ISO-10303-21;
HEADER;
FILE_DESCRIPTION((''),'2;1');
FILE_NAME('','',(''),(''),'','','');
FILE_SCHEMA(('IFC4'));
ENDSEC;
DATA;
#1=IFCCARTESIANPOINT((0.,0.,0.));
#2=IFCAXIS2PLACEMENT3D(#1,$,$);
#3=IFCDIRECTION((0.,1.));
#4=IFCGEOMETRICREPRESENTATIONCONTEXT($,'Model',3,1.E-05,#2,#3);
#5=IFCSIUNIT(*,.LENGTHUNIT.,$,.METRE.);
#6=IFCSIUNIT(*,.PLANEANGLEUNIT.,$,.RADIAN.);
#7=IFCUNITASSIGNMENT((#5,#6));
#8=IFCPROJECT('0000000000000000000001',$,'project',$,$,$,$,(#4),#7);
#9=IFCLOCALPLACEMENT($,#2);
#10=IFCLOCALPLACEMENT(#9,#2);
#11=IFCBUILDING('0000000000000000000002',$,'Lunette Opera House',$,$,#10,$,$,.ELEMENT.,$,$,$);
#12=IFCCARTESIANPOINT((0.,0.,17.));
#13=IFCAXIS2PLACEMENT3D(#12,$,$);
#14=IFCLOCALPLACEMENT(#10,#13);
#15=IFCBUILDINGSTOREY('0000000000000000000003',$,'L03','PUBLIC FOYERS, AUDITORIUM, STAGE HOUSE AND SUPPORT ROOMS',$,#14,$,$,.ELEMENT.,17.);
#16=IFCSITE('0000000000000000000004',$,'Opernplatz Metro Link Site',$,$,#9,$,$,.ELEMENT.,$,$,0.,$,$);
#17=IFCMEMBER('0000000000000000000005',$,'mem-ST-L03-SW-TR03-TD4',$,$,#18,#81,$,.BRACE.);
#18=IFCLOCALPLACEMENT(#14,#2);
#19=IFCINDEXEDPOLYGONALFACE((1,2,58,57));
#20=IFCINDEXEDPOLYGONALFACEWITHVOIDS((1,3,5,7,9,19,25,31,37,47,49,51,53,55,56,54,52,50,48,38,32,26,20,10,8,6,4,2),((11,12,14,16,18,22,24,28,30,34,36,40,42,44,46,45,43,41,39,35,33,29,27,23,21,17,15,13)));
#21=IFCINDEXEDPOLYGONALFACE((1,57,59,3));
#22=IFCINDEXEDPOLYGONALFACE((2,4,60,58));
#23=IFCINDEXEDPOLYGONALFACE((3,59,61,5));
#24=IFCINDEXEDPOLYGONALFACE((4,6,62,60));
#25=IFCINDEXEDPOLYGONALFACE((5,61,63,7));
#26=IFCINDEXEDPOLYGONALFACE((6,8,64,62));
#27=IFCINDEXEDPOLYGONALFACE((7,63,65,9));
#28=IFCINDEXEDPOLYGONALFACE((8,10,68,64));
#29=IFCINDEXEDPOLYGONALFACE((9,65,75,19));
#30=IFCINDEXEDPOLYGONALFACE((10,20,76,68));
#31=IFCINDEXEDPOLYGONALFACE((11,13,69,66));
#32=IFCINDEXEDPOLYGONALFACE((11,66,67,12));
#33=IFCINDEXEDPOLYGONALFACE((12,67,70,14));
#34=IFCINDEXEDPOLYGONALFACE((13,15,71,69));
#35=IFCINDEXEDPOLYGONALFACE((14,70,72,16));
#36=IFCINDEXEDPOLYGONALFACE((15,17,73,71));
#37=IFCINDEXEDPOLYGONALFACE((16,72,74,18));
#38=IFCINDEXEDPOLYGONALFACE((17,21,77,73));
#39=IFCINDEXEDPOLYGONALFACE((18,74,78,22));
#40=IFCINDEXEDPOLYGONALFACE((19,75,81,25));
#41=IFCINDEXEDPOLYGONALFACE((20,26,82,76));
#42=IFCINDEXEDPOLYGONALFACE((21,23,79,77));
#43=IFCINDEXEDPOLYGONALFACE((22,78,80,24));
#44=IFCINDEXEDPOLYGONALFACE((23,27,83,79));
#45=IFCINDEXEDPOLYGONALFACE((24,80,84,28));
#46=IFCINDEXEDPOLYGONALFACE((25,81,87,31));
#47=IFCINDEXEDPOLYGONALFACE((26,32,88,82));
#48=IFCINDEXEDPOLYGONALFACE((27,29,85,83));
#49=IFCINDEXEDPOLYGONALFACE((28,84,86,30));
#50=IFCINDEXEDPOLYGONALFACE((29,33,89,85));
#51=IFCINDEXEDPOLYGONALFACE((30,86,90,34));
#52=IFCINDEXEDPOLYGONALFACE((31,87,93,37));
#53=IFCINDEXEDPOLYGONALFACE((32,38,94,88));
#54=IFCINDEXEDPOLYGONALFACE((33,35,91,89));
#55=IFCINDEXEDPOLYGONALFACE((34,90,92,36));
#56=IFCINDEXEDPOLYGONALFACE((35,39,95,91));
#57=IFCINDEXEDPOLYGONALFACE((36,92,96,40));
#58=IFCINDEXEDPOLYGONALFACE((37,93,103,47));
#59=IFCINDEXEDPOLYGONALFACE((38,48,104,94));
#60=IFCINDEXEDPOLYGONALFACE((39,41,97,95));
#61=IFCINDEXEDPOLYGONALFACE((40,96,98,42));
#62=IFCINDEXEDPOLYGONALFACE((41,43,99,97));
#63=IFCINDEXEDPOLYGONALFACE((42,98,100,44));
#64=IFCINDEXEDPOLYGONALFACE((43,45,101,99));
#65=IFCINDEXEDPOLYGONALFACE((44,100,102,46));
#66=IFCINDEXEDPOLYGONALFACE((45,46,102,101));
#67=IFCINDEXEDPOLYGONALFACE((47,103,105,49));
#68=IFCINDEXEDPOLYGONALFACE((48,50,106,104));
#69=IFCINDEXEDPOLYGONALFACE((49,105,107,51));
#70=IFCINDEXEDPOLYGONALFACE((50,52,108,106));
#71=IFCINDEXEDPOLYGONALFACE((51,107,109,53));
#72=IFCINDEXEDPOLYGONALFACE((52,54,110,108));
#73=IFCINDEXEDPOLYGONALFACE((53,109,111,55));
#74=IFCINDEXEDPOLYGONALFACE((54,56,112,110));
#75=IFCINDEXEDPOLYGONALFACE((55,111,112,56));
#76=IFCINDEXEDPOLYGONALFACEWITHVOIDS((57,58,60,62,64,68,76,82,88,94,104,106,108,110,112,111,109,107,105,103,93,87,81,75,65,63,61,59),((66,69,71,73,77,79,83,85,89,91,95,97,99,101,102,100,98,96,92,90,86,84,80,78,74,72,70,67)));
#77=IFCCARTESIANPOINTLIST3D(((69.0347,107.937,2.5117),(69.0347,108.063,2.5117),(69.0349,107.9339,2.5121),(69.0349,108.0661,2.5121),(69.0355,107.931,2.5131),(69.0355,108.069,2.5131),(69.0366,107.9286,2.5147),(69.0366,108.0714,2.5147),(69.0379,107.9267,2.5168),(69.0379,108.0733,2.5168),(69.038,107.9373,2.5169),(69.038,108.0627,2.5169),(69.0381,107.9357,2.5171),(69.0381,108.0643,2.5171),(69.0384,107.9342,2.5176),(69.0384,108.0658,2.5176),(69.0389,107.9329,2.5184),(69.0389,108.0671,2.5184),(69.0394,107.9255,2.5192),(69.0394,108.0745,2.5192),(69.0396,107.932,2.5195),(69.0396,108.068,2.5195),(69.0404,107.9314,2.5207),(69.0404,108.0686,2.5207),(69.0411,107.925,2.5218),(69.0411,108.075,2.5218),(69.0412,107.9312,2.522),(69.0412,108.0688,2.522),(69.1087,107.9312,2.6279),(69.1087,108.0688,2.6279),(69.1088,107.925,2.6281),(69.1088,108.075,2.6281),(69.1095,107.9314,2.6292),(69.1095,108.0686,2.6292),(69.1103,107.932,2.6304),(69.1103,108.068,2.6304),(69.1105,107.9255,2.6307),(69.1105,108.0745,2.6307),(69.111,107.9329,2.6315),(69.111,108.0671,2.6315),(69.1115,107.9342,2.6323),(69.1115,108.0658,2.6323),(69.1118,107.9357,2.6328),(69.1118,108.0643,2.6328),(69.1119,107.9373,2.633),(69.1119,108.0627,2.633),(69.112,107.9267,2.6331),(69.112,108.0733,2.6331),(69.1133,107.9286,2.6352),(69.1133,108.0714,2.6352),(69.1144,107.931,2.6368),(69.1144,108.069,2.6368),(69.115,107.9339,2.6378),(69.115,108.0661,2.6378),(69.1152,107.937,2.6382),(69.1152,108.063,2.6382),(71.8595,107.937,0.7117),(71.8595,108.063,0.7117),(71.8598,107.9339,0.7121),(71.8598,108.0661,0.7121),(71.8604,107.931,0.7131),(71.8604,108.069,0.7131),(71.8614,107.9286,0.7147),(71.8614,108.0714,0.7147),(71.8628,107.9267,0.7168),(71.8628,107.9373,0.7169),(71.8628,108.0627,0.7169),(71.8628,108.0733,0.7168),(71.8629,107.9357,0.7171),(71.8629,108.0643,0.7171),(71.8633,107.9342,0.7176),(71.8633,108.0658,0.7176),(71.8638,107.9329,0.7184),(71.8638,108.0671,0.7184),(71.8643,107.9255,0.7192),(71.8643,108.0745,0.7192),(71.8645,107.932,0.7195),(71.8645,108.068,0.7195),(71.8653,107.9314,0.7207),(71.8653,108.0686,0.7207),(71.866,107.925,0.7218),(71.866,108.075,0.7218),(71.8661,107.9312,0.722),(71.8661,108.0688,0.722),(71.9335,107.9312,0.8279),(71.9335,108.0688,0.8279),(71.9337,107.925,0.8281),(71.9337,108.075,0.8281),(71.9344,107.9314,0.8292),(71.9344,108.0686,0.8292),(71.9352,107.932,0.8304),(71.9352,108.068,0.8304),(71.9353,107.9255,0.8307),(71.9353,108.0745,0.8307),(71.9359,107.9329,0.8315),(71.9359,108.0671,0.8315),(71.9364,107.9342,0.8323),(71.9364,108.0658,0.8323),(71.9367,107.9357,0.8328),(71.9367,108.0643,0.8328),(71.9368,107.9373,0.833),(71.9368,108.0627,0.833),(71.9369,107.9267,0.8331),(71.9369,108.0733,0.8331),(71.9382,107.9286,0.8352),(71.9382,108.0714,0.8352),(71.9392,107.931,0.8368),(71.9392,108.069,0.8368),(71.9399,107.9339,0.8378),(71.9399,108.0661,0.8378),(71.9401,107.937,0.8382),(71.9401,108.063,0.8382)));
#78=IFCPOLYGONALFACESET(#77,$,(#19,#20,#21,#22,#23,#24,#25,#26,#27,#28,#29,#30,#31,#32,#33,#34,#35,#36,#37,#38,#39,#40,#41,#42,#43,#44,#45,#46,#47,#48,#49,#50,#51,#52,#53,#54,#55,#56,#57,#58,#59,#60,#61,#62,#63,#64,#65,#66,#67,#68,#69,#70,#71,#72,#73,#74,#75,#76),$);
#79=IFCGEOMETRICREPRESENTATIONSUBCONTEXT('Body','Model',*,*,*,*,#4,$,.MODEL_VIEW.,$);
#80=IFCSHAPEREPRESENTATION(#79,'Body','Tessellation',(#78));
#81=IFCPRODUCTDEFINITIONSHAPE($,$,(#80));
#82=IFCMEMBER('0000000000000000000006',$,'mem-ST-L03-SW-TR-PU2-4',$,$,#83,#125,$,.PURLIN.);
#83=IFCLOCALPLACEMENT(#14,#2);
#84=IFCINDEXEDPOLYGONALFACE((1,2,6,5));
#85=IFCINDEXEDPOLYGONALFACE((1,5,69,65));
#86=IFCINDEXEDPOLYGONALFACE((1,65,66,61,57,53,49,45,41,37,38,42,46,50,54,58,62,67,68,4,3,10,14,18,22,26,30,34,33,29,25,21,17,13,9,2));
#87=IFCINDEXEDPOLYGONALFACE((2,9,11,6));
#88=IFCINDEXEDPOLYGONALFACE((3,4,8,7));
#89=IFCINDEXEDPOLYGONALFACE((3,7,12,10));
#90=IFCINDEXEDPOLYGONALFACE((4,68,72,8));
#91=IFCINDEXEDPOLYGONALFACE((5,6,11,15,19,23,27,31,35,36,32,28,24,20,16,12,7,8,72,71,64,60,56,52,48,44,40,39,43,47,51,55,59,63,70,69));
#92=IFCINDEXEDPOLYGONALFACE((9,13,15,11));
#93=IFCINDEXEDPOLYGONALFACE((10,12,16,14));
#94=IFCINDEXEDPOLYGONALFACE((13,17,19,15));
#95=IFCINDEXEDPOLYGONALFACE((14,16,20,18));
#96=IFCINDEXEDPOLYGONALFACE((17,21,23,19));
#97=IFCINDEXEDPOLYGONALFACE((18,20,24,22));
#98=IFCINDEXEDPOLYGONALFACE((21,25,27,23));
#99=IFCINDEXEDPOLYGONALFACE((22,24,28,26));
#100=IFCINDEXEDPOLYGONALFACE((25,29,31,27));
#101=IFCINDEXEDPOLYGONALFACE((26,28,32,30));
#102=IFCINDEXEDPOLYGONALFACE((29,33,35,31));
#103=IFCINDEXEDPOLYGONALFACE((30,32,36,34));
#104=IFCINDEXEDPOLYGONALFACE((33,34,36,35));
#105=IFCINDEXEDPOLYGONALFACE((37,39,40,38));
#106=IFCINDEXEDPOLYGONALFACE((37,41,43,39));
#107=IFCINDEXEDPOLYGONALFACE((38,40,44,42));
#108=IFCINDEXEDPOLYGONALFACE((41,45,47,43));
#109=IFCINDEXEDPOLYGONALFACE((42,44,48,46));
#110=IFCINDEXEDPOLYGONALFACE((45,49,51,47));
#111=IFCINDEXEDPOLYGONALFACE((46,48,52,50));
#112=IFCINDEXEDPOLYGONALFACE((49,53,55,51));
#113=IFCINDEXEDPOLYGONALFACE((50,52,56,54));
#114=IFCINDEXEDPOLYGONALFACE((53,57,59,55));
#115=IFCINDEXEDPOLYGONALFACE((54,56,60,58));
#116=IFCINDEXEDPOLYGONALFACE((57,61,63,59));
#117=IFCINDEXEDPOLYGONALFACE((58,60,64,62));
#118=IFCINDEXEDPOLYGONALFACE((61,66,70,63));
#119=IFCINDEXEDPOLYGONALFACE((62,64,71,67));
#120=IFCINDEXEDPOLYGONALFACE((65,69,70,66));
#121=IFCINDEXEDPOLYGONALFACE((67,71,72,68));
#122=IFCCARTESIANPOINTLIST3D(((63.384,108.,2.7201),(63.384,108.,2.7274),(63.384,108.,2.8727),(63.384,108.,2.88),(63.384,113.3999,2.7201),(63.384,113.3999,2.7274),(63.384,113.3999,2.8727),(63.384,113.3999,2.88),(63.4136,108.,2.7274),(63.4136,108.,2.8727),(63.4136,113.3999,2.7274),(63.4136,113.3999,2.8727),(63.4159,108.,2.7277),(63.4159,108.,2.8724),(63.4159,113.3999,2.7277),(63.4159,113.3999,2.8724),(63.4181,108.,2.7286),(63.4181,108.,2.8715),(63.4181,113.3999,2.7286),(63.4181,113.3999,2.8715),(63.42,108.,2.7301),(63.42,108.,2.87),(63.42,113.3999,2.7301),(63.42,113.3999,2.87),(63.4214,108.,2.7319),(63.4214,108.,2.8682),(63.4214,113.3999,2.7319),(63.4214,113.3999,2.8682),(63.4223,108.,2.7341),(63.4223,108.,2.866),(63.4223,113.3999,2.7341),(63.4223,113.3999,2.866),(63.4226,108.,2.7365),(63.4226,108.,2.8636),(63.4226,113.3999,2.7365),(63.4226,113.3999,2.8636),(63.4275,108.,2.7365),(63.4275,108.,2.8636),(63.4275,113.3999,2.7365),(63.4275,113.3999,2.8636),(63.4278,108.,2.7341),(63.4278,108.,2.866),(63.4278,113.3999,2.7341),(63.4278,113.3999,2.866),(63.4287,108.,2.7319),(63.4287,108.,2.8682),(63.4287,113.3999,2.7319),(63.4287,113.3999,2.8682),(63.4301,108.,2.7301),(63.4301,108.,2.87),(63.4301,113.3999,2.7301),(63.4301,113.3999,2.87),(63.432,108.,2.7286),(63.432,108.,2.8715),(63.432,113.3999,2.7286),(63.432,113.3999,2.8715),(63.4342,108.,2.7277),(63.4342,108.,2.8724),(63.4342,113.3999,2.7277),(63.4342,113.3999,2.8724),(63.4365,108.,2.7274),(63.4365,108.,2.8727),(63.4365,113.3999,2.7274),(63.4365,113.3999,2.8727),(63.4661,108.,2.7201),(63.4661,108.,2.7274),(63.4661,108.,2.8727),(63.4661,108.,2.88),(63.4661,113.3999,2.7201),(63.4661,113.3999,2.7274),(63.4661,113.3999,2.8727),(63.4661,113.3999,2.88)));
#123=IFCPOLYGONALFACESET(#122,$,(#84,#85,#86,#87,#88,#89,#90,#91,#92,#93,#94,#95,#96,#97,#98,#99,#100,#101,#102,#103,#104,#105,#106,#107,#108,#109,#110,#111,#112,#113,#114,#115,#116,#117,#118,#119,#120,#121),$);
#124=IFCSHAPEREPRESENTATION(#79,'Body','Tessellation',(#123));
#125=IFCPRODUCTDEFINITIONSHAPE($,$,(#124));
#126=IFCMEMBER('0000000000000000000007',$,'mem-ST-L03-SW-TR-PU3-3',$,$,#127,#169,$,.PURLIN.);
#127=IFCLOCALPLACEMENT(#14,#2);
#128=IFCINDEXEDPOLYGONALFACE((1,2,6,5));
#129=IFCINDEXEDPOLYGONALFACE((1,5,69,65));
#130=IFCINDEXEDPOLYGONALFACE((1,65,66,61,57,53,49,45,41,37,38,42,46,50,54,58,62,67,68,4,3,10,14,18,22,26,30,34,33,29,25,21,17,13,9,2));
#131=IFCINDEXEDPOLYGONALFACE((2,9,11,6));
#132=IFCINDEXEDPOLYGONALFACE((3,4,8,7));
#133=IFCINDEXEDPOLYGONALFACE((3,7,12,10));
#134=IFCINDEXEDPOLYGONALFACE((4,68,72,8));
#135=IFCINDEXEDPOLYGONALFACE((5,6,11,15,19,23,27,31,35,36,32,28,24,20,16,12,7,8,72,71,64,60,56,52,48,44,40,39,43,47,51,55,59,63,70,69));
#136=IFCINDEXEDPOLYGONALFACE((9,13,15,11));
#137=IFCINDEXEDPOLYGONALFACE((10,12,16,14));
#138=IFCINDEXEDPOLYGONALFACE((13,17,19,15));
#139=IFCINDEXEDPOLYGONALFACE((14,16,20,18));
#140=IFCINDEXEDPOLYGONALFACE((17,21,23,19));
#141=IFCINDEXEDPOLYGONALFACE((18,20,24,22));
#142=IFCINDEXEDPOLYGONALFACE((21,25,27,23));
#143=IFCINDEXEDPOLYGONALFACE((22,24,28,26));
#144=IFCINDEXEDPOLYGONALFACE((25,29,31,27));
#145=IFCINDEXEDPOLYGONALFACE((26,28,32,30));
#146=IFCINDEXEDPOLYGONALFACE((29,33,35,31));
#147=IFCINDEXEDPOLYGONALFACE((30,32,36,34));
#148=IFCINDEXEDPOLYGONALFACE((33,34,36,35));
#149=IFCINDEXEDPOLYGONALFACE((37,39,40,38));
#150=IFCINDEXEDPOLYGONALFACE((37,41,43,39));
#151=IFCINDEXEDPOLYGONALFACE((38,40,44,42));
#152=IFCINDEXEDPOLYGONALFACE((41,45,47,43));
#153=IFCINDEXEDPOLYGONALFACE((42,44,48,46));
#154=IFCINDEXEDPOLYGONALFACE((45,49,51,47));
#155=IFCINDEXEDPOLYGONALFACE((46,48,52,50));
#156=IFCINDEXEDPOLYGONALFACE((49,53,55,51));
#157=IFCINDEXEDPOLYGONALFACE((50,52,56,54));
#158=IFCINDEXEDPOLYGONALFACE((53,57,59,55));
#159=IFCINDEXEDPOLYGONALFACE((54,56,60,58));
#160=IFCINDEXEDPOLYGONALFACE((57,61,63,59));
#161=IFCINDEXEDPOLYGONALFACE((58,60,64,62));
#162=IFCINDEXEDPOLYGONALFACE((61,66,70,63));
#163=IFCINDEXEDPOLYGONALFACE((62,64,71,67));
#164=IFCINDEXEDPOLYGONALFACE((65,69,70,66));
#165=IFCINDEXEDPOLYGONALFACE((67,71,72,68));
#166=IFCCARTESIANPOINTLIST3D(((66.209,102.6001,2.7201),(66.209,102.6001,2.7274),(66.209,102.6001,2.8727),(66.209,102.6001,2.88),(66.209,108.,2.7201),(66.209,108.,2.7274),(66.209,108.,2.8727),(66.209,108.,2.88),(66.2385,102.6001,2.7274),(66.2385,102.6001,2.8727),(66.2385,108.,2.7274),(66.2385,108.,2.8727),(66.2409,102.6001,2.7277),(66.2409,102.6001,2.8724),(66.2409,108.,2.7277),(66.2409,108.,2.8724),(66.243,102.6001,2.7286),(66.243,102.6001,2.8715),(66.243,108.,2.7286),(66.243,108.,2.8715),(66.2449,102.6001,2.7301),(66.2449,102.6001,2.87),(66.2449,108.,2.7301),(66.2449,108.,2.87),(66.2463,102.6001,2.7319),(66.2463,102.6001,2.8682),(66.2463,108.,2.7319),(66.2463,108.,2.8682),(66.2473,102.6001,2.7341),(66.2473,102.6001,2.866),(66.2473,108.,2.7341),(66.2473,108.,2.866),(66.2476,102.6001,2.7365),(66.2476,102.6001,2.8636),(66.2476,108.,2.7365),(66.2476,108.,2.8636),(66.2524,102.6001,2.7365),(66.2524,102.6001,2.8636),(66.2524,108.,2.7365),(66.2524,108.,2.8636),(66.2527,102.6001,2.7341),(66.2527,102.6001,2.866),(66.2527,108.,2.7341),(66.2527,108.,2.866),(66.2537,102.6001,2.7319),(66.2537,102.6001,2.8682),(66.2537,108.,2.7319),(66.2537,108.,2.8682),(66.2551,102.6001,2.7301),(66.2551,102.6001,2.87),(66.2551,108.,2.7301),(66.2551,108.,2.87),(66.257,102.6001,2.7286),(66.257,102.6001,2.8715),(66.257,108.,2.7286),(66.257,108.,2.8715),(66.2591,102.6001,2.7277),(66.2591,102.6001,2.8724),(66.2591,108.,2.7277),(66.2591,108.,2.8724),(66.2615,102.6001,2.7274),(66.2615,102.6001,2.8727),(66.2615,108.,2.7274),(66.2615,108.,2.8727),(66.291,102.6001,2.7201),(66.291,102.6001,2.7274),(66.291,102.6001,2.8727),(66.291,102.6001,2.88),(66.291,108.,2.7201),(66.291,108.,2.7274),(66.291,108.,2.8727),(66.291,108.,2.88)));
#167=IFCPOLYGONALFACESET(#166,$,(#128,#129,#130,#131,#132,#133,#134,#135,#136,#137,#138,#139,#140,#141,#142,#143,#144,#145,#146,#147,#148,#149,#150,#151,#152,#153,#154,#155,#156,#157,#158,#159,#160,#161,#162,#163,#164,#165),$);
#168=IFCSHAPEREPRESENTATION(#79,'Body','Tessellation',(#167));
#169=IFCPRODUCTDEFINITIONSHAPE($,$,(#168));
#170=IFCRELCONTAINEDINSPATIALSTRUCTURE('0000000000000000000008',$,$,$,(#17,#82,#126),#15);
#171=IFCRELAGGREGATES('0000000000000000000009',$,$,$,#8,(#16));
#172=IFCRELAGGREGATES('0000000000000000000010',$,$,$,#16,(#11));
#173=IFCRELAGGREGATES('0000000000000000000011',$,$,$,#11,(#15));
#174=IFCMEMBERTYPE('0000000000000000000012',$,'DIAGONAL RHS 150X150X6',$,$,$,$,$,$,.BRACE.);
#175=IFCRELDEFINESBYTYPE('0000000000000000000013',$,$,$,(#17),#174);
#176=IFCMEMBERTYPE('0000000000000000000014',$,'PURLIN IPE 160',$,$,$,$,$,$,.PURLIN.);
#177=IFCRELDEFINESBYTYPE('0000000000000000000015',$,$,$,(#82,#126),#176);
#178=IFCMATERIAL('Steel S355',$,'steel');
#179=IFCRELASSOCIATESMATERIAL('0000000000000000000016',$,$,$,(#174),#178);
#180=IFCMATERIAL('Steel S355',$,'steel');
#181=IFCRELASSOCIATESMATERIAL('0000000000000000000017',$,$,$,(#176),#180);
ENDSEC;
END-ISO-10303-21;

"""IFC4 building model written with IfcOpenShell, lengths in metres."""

from ifc_helpers import new_model, si_unit, direction, frame, origin, origin_2d, place, context, subcontext, project, spatial, hollow_rectangle, i_section, extrude, material, material_profile, profile_set, type_object, element, save


model = new_model("IFC4")

# Units and contexts
model_context = context("Model", 3, precision=1e-05, world=origin(), true_north=direction((0.0, 1.0)))
body_context = subcontext(model_context, "Body", "Model", "MODEL_VIEW")
ifc_project = project(units=[si_unit("LENGTHUNIT", "METRE"), si_unit("PLANEANGLEUNIT", "RADIAN")], contexts=[model_context])

# Site, building, storey
site_placement = place(None, origin())
site = spatial("IfcSite", under=ifc_project, at=site_placement, Name="Opernplatz Metro Link Site", CompositionType="ELEMENT", RefElevation=0.0)
building_placement = place(site_placement, origin())
building = spatial("IfcBuilding", under=site, at=building_placement, Name="Lunette Opera House", CompositionType="ELEMENT")
storey_placement = place(building_placement, frame((0.0, 0.0, 17.0)))
storey = spatial("IfcBuildingStorey", under=building, at=storey_placement, Name="L03", Description="PUBLIC FOYERS, AUDITORIUM, STAGE HOUSE AND SUPPORT ROOMS", CompositionType="ELEMENT", Elevation=17.0)

# Members
ifc_material_1 = material(Name="Steel S355", Category="steel")
ifc_material_profile_1 = material_profile(ifc_material_1, hollow_rectangle(XDim=0.1499, YDim=0.1499, WallThickness=0.0061, InnerFilletRadius=0.0061, OuterFilletRadius=0.012, at=origin_2d()), Name="RHS 150X150X6")
ifc_profile_set_1 = profile_set([ifc_material_profile_1], Name="Steel S355")
member_type_1 = type_object("IfcMemberType", Name="DIAGONAL RHS 150X150X6", PredefinedType="BRACE", material=ifc_profile_set_1)
for number, where, z_axis, x_axis, name in (
    (1, (69.075, 108.0, 2.575), (0.843343, 0.0, -0.537375), (0.0, 1.0, 0.0), "mem-ST-L03-SW-TR03-TD4"),
):
    element("IfcMember", number, at=place(storey_placement, frame(where, z_axis=z_axis, x_axis=x_axis)), inside=storey, type_object=member_type_1, Name=name, PredefinedType="BRACE", context=body_context, shape_type="SweptSolid", body=[
        extrude(hollow_rectangle(XDim=0.1499, YDim=0.1499, WallThickness=0.0061, InnerFilletRadius=0.0061, OuterFilletRadius=0.012, at=origin_2d()), origin(), (0.0, 0.0, 1.0), 3.3496),
    ])
ifc_material_2 = material(Name="Steel S355", Category="steel")
ifc_material_profile_2 = material_profile(ifc_material_2, i_section(OverallWidth=0.082, OverallDepth=0.1599, WebThickness=0.0049, FlangeThickness=0.0073, FilletRadius=0.009, at=origin_2d()), Name="IPE 160")
ifc_profile_set_2 = profile_set([ifc_material_profile_2], Name="Steel S355")
member_type_2 = type_object("IfcMemberType", Name="PURLIN IPE 160", PredefinedType="PURLIN", material=ifc_profile_set_2)
for number, where, z_axis, x_axis, name in (
    (2, (63.425, 108.0, 2.8), (0.0, 1.0, 0.0), (-1.0, 0.0, 0.0), "mem-ST-L03-SW-TR-PU2-4"),
    (3, (66.25, 102.6001, 2.8), (0.0, 1.0, 0.0), (-1.0, 0.0, 0.0), "mem-ST-L03-SW-TR-PU3-3"),
):
    element("IfcMember", number, at=place(storey_placement, frame(where, z_axis=z_axis, x_axis=x_axis)), inside=storey, type_object=member_type_2, Name=name, PredefinedType="PURLIN", context=body_context, shape_type="SweptSolid", body=[
        extrude(i_section(OverallWidth=0.082, OverallDepth=0.1599, WebThickness=0.0049, FlangeThickness=0.0073, FilletRadius=0.009, at=origin_2d()), origin(), (0.0, 0.0, 1.0), 5.3999),
    ])

save(model, "model.ifc")
